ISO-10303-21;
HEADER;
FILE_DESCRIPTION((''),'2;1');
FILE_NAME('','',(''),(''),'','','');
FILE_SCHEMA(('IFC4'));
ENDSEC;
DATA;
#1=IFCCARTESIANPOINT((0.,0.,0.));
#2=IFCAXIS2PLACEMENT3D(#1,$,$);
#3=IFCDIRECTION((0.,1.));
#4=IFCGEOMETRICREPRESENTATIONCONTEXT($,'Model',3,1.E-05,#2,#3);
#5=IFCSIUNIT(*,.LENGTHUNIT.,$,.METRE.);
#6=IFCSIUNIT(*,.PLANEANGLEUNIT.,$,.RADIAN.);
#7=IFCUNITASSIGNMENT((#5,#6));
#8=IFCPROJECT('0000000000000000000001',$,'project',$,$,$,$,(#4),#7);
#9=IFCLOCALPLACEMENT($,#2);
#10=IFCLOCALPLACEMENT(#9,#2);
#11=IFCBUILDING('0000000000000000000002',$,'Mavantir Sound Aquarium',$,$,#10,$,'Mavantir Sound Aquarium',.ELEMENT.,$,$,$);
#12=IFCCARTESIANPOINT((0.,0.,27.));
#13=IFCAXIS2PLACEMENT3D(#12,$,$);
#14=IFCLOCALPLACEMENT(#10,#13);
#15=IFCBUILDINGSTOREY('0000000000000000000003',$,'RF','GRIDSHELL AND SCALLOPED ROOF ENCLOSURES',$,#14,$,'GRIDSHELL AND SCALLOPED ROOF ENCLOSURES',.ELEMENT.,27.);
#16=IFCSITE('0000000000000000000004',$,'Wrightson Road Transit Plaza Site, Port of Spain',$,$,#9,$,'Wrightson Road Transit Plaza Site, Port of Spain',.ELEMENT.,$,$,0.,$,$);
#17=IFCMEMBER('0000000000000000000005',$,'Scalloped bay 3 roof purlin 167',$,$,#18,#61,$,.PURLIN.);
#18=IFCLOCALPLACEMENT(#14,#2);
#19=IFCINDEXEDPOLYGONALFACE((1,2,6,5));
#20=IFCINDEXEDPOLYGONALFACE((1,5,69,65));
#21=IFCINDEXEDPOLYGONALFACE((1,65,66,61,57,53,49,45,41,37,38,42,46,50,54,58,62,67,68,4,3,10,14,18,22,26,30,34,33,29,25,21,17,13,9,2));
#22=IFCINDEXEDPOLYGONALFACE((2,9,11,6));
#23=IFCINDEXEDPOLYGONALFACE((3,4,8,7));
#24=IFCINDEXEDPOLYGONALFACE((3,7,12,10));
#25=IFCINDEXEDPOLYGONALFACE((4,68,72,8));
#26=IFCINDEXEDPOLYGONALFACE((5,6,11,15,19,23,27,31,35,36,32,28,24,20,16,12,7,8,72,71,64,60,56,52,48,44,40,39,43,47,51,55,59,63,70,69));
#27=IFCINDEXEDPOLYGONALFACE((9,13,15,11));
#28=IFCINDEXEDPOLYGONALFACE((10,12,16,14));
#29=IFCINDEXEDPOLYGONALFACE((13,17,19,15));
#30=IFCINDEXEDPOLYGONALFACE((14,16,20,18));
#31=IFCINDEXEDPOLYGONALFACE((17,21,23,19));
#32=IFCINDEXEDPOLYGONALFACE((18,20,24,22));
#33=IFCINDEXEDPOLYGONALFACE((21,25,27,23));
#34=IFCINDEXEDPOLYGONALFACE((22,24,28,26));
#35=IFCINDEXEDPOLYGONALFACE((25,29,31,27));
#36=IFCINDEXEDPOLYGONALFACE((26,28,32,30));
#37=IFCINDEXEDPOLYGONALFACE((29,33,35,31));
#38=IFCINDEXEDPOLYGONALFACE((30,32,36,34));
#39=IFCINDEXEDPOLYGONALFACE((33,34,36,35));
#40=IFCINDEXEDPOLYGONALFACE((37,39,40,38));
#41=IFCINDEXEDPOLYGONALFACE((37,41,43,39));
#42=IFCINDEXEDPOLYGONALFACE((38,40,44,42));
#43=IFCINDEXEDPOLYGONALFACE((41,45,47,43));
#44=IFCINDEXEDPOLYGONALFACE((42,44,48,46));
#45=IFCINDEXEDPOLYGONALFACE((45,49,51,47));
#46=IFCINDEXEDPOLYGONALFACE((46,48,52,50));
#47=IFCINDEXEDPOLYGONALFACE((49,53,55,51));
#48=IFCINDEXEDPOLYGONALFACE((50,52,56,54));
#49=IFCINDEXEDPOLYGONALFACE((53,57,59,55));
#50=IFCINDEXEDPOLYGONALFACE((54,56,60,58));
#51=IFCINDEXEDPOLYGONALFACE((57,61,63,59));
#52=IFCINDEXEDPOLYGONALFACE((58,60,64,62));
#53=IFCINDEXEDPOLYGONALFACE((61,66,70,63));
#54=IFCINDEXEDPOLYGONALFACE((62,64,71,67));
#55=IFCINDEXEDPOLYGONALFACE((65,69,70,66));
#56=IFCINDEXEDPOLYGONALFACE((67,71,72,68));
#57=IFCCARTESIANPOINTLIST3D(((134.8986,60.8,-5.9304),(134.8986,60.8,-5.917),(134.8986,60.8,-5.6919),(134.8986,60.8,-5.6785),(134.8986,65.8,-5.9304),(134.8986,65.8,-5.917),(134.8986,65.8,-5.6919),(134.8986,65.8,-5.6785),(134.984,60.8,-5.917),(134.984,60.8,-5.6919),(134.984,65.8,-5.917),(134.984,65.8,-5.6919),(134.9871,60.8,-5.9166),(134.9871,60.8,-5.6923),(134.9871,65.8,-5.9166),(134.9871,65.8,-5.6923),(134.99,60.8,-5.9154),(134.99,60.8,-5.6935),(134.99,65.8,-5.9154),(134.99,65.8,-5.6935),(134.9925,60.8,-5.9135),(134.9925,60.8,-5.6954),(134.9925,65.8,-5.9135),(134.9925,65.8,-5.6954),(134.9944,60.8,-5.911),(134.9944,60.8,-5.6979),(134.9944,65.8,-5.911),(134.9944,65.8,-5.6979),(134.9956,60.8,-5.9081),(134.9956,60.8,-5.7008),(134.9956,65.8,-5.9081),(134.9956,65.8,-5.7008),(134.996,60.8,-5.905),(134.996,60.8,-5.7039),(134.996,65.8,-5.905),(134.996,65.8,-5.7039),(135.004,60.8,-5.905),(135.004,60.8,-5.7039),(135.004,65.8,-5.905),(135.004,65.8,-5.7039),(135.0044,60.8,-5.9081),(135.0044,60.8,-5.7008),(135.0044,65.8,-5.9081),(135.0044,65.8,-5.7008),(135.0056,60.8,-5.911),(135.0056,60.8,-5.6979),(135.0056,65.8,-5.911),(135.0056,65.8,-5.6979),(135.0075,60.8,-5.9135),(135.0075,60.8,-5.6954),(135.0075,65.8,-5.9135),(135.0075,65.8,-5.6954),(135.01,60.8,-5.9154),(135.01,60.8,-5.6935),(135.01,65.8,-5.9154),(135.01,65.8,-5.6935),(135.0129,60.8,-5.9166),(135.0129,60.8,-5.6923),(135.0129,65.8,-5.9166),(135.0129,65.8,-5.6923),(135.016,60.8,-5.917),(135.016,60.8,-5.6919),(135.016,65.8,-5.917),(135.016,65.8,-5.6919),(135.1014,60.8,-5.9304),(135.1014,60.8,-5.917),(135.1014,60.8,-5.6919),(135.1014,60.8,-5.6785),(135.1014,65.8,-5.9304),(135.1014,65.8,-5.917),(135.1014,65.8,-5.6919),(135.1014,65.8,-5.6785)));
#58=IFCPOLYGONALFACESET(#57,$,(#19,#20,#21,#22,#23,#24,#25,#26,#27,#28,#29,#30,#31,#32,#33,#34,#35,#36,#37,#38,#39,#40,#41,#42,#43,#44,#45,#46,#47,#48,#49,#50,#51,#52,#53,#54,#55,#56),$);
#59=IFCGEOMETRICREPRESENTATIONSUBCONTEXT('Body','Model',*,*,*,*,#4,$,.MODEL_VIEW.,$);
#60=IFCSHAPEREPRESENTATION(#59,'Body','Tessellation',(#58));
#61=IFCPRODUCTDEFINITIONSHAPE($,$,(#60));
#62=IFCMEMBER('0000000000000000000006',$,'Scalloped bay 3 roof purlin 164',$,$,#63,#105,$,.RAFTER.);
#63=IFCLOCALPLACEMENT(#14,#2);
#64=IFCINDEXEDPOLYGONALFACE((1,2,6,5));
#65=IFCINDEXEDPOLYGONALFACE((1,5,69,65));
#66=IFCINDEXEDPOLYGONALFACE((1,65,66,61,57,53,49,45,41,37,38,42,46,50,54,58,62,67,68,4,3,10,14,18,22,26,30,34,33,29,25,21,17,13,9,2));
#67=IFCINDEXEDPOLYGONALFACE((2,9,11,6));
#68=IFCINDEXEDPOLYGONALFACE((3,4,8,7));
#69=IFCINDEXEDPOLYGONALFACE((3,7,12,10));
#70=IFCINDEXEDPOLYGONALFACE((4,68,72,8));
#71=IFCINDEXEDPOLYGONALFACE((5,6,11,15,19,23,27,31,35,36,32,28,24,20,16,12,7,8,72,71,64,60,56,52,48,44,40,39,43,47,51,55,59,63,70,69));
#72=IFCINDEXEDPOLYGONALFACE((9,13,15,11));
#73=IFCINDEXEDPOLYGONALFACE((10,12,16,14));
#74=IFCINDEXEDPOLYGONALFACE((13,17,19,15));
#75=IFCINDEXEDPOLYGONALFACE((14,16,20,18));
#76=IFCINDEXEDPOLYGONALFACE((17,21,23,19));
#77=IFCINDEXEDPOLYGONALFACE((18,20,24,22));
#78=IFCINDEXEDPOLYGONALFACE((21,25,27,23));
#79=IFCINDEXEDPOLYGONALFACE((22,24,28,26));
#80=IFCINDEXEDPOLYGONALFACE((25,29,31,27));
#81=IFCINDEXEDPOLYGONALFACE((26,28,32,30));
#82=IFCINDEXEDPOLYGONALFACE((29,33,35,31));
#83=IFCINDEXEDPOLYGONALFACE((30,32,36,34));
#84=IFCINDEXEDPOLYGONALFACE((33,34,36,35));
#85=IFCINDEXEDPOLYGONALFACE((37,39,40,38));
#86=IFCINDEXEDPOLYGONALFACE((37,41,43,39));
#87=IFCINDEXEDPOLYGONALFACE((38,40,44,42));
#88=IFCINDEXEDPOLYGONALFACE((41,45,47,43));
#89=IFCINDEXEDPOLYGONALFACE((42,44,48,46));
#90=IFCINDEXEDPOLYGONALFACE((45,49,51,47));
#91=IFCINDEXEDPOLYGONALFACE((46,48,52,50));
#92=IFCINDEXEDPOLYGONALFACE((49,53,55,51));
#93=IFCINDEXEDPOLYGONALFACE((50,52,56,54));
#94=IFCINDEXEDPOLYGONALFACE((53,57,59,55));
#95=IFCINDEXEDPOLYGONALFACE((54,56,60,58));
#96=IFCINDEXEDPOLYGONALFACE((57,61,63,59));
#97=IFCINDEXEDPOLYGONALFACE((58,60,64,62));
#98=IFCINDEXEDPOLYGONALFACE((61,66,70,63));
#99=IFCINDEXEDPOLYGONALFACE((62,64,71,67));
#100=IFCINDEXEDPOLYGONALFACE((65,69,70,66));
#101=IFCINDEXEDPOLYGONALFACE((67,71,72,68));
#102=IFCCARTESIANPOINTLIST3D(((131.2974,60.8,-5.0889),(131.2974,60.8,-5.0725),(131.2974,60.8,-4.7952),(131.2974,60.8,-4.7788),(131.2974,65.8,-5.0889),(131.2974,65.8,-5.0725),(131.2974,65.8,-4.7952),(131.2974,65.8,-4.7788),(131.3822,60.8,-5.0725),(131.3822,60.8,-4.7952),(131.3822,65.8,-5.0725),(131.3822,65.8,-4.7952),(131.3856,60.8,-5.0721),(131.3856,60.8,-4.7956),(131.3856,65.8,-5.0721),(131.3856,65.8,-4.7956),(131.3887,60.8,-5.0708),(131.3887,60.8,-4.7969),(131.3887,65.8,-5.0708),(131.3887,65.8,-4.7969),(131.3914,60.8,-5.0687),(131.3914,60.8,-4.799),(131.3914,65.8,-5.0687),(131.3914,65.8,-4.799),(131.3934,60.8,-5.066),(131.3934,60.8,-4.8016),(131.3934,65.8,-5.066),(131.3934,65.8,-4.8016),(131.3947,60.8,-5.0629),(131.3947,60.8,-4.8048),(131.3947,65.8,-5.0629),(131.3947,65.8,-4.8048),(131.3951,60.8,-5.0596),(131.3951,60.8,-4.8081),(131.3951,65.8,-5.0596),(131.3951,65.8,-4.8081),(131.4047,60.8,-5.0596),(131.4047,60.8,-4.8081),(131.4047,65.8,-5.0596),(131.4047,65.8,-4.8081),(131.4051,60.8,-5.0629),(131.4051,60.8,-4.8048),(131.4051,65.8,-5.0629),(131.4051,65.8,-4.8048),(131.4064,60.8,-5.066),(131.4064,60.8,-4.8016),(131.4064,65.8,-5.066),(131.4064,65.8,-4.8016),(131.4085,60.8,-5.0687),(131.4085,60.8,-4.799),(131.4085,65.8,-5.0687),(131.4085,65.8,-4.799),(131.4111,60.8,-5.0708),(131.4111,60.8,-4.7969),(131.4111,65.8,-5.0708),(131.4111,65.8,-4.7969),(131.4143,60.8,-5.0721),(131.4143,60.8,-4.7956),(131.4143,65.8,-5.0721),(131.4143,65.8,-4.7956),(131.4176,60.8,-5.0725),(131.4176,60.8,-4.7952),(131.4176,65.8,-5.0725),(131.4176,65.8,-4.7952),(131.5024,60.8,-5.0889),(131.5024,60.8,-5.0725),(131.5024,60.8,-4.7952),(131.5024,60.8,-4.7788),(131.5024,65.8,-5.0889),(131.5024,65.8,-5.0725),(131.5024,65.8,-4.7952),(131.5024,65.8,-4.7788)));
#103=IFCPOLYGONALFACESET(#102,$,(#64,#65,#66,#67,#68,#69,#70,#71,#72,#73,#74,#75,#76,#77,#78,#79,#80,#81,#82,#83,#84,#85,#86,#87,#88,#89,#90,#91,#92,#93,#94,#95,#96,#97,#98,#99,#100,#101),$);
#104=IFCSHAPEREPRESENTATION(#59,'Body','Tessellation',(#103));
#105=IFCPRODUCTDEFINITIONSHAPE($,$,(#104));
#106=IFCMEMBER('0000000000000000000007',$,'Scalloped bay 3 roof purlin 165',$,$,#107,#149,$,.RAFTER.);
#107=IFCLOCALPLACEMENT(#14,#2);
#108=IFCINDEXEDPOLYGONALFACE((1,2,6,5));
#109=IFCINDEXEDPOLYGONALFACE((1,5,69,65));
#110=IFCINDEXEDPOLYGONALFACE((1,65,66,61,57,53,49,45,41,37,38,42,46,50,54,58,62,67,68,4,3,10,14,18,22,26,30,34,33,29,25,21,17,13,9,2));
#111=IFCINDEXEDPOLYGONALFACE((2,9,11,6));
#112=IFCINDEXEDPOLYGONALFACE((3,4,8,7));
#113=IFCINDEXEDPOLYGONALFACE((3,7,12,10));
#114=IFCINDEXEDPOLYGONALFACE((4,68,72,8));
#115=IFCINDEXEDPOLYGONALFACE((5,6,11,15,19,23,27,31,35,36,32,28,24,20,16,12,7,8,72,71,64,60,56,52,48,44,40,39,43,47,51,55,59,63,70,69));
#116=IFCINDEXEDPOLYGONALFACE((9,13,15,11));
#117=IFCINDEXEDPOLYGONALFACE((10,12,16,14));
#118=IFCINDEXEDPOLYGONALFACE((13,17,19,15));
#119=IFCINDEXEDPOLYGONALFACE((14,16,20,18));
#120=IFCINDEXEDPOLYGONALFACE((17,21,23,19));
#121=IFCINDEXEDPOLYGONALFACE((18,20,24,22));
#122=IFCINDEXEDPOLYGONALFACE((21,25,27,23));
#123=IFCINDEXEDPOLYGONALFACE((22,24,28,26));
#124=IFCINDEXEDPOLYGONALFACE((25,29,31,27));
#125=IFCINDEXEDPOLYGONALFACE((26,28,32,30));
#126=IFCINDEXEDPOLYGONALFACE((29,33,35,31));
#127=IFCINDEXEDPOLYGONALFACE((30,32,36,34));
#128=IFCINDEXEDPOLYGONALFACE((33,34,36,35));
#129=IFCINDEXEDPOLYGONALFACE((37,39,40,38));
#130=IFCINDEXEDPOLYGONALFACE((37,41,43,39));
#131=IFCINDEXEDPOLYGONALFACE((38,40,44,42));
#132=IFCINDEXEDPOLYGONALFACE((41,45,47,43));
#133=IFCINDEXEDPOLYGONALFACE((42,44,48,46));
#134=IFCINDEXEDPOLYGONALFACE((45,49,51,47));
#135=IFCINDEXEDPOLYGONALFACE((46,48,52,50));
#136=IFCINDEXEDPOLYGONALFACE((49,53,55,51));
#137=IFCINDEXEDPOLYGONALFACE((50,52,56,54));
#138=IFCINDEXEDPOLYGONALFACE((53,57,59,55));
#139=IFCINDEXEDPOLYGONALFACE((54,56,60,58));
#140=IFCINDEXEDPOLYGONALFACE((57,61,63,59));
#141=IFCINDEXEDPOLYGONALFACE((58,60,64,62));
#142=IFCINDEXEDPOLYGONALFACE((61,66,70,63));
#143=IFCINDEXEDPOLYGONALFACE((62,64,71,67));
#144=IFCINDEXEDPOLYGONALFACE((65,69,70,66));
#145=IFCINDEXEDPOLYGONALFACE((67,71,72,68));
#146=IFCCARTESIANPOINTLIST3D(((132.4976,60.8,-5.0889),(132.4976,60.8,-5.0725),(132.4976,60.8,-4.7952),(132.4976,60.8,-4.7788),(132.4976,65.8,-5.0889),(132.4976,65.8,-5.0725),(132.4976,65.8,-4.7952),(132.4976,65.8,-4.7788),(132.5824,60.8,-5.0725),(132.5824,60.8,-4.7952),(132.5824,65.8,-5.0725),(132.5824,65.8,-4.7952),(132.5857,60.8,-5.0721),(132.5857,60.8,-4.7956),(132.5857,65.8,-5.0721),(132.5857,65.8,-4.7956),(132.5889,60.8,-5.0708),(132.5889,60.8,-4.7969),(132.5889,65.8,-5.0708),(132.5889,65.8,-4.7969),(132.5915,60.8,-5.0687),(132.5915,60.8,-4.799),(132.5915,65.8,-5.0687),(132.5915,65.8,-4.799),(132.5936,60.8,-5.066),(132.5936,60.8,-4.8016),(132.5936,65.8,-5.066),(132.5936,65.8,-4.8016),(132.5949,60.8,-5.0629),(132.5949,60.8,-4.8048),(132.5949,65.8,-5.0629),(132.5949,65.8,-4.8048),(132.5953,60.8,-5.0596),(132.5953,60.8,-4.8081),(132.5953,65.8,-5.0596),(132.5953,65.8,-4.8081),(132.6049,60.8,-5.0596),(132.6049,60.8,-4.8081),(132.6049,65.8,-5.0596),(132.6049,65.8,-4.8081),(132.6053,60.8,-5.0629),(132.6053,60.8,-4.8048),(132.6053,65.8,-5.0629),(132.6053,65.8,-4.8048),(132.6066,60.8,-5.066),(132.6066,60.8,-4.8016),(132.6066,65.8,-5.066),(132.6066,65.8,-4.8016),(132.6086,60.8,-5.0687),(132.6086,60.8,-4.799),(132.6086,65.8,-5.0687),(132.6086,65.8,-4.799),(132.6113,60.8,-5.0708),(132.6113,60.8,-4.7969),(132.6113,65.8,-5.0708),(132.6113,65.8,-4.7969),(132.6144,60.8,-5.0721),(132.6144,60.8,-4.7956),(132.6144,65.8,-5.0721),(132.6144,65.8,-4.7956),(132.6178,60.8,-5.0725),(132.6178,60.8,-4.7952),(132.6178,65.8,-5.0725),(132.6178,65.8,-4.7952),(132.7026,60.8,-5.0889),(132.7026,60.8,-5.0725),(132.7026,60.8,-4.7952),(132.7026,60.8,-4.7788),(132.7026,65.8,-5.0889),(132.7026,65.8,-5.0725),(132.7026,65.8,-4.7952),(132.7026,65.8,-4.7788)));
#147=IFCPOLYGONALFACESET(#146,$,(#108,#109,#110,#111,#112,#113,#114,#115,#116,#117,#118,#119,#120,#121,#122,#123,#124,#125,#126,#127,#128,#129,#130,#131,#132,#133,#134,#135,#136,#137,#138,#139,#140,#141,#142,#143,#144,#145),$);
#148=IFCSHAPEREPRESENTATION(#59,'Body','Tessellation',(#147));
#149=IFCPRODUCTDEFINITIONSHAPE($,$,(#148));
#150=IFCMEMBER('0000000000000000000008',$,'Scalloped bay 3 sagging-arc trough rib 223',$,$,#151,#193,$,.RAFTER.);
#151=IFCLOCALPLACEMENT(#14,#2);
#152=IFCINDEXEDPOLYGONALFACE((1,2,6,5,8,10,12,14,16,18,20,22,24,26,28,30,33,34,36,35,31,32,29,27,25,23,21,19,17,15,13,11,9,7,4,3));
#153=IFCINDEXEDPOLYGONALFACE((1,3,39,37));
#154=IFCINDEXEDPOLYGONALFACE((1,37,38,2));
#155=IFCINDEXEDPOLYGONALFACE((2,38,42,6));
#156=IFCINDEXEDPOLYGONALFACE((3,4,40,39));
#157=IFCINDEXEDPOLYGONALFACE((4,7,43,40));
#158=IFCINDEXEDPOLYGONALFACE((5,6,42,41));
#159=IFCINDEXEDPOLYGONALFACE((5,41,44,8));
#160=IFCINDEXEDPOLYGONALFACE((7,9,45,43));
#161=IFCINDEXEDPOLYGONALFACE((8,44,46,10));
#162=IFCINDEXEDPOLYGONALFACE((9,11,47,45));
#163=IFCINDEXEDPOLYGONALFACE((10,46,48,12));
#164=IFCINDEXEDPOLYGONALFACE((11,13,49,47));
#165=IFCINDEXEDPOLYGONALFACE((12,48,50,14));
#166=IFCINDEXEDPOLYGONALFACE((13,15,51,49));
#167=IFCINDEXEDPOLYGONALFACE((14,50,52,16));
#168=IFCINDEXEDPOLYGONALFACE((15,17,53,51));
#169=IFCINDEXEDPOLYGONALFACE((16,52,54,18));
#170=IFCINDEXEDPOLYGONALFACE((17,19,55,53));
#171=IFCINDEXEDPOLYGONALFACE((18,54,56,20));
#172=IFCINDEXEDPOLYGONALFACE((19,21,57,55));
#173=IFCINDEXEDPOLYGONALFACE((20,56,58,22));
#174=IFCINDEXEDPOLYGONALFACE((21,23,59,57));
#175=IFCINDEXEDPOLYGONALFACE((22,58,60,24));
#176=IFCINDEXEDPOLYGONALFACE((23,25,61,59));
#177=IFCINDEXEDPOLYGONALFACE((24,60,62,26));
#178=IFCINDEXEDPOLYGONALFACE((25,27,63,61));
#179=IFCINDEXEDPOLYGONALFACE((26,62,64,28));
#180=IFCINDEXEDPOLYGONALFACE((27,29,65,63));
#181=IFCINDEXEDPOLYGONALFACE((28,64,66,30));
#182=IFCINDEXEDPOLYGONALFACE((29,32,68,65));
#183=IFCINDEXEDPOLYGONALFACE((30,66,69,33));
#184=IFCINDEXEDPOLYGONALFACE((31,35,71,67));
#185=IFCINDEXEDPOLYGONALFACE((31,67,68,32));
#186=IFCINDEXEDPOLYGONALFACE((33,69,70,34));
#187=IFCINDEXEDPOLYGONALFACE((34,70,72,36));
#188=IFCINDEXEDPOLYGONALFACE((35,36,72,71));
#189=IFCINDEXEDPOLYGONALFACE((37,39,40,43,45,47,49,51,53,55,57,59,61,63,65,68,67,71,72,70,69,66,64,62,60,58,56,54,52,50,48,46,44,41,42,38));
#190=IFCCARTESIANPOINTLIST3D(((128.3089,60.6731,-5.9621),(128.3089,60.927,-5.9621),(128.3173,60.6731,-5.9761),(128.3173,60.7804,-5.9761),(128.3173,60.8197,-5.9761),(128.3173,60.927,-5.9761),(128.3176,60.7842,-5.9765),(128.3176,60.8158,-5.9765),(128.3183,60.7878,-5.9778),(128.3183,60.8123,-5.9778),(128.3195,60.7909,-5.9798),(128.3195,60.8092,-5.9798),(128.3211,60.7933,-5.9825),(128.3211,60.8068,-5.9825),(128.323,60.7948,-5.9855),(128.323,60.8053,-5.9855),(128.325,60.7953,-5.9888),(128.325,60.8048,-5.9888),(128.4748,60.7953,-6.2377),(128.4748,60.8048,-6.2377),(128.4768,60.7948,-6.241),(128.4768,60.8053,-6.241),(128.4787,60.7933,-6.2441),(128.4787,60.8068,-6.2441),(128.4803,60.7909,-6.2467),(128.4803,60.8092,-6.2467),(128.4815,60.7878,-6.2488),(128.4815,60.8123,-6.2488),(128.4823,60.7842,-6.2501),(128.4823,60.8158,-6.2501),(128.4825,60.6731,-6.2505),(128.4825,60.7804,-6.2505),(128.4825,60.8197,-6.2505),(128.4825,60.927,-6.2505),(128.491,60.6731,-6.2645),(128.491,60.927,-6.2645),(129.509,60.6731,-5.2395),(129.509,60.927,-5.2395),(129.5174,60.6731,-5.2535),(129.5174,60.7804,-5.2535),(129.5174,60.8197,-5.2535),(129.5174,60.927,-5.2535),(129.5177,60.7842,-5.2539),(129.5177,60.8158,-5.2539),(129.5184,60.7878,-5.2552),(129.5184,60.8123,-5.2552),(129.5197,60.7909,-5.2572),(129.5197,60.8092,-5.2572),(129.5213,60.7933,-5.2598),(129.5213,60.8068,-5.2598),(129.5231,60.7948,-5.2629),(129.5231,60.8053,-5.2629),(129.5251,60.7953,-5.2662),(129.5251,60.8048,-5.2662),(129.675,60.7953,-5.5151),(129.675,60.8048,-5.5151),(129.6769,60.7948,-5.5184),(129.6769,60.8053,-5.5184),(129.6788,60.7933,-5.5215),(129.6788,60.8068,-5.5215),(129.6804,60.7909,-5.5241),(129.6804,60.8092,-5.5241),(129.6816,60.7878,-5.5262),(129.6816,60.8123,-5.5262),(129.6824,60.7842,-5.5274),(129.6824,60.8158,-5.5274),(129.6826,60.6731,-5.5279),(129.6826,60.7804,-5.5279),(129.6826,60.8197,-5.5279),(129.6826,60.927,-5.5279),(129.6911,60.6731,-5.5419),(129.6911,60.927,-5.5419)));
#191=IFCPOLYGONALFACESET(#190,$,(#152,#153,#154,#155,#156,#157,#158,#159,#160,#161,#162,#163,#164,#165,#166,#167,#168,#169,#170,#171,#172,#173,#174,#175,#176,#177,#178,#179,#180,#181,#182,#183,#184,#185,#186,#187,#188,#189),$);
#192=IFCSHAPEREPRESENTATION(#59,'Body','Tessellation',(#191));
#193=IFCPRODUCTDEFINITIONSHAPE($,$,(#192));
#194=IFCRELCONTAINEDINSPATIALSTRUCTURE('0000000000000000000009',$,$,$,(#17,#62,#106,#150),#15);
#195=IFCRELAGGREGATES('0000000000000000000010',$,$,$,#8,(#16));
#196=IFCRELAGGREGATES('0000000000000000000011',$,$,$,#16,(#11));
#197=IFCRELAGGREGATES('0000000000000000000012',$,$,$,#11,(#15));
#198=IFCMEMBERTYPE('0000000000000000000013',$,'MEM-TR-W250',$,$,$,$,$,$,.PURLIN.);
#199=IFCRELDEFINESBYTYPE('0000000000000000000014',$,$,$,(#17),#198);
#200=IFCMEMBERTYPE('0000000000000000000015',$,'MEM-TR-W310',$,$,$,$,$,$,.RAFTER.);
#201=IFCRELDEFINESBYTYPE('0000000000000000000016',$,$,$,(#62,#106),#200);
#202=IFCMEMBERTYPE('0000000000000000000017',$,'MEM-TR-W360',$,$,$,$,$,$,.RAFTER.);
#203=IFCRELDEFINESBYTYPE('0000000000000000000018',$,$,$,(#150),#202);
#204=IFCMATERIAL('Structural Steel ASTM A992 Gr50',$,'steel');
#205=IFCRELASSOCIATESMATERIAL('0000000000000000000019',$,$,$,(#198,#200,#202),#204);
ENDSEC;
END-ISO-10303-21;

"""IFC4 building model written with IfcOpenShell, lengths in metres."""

from ifc_helpers import new_model, si_unit, direction, frame, origin, origin_2d, place, context, subcontext, project, spatial, i_section, extrude, material, material_profile, profile_set, type_object, element, save


model = new_model("IFC4")

# Units and contexts
model_context = context("Model", 3, precision=1e-05, world=origin(), true_north=direction((0.0, 1.0)))
body_context = subcontext(model_context, "Body", "Model", "MODEL_VIEW")
ifc_project = project(units=[si_unit("LENGTHUNIT", "METRE"), si_unit("PLANEANGLEUNIT", "RADIAN")], contexts=[model_context])

# Site, building, storey
site_placement = place(None, origin())
site = spatial("IfcSite", under=ifc_project, at=site_placement, Name="Wrightson Road Transit Plaza Site, Port of Spain", LongName="Wrightson Road Transit Plaza Site, Port of Spain", CompositionType="ELEMENT", RefElevation=0.0)
building_placement = place(site_placement, origin())
building = spatial("IfcBuilding", under=site, at=building_placement, Name="Mavantir Sound Aquarium", LongName="Mavantir Sound Aquarium", CompositionType="ELEMENT")
storey_placement = place(building_placement, frame((0.0, 0.0, 27.0)))
storey = spatial("IfcBuildingStorey", under=building, at=storey_placement, Name="RF", Description="GRIDSHELL AND SCALLOPED ROOF ENCLOSURES", LongName="GRIDSHELL AND SCALLOPED ROOF ENCLOSURES", CompositionType="ELEMENT", Elevation=27.0)

# Shared definitions
ifc_material_1 = material(Name="Structural Steel ASTM A992 Gr50", Category="steel")

# Members
ifc_material_profile_1 = material_profile(ifc_material_1, i_section(OverallWidth=0.2029, OverallDepth=0.252, WebThickness=0.0081, FlangeThickness=0.0134, FilletRadius=0.012, at=origin_2d()), Name="W250X58")
ifc_profile_set_1 = profile_set([ifc_material_profile_1], Name="Structural Steel ASTM A992 Gr50")
member_type_1 = type_object("IfcMemberType", Name="MEM-TR-W250", PredefinedType="PURLIN", material=ifc_profile_set_1)
for number, where, z_axis, x_axis, name in (
    (1, (135.0, 60.8, -5.8044), (0.0, 1.0, 0.0), (-1.0, 0.0, 0.0), "Scalloped bay 3 roof purlin 167"),
):
    element("IfcMember", number, at=place(storey_placement, frame(where, z_axis=z_axis, x_axis=x_axis)), inside=storey, type_object=member_type_1, Name=name, PredefinedType="PURLIN", context=body_context, shape_type="SweptSolid", body=[
        extrude(i_section(OverallWidth=0.2029, OverallDepth=0.252, WebThickness=0.0081, FlangeThickness=0.0134, FilletRadius=0.012, at=origin_2d()), origin(), (0.0, 0.0, 1.0), 5.0),
    ])
ifc_material_profile_2 = material_profile(ifc_material_1, i_section(OverallWidth=0.2051, OverallDepth=0.3101, WebThickness=0.0095, FlangeThickness=0.0164, FilletRadius=0.0129, at=origin_2d()), Name="W310X74")
ifc_profile_set_2 = profile_set([ifc_material_profile_2], Name="Structural Steel ASTM A992 Gr50")
member_type_2 = type_object("IfcMemberType", Name="MEM-TR-W310", PredefinedType="RAFTER", material=ifc_profile_set_2)
for number, where, z_axis, x_axis, name in (
    (2, (131.3999, 60.8, -4.9338), (0.0, 1.0, 0.0), (-1.0, 0.0, 0.0), "Scalloped bay 3 roof purlin 164"),
    (3, (132.6001, 60.8, -4.9338), (0.0, 1.0, 0.0), (-1.0, 0.0, 0.0), "Scalloped bay 3 roof purlin 165"),
):
    element("IfcMember", number, at=place(storey_placement, frame(where, z_axis=z_axis, x_axis=x_axis)), inside=storey, type_object=member_type_2, Name=name, PredefinedType="RAFTER", context=body_context, shape_type="SweptSolid", body=[
        extrude(i_section(OverallWidth=0.2051, OverallDepth=0.3101, WebThickness=0.0095, FlangeThickness=0.0164, FilletRadius=0.0129, at=origin_2d()), origin(), (0.0, 0.0, 1.0), 5.0),
    ])
ifc_material_profile_3 = material_profile(ifc_material_1, i_section(OverallWidth=0.2539, OverallDepth=0.353, WebThickness=0.0095, FlangeThickness=0.0164, FilletRadius=0.0149, at=origin_2d()), Name="W360X91")
ifc_profile_set_3 = profile_set([ifc_material_profile_3], Name="Structural Steel ASTM A992 Gr50")
member_type_3 = type_object("IfcMemberType", Name="MEM-TR-W360", PredefinedType="RAFTER", material=ifc_profile_set_3)
member_1_placement = place(storey_placement, frame((128.3999, 60.8, -6.1133), z_axis=(0.856692, 0.0, 0.515828), x_axis=(0.0, 1.0, 0.0)))
element("IfcMember", 4, at=member_1_placement, inside=storey, type_object=member_type_3, Name="Scalloped bay 3 sagging-arc trough rib 223", PredefinedType="RAFTER", context=body_context, shape_type="SweptSolid", body=[
    extrude(i_section(OverallWidth=0.2539, OverallDepth=0.353, WebThickness=0.0095, FlangeThickness=0.0164, FilletRadius=0.0149, at=origin_2d()), origin(), (0.0, 0.0, 1.0), 1.4009),
])

save(model, "model.ifc")
